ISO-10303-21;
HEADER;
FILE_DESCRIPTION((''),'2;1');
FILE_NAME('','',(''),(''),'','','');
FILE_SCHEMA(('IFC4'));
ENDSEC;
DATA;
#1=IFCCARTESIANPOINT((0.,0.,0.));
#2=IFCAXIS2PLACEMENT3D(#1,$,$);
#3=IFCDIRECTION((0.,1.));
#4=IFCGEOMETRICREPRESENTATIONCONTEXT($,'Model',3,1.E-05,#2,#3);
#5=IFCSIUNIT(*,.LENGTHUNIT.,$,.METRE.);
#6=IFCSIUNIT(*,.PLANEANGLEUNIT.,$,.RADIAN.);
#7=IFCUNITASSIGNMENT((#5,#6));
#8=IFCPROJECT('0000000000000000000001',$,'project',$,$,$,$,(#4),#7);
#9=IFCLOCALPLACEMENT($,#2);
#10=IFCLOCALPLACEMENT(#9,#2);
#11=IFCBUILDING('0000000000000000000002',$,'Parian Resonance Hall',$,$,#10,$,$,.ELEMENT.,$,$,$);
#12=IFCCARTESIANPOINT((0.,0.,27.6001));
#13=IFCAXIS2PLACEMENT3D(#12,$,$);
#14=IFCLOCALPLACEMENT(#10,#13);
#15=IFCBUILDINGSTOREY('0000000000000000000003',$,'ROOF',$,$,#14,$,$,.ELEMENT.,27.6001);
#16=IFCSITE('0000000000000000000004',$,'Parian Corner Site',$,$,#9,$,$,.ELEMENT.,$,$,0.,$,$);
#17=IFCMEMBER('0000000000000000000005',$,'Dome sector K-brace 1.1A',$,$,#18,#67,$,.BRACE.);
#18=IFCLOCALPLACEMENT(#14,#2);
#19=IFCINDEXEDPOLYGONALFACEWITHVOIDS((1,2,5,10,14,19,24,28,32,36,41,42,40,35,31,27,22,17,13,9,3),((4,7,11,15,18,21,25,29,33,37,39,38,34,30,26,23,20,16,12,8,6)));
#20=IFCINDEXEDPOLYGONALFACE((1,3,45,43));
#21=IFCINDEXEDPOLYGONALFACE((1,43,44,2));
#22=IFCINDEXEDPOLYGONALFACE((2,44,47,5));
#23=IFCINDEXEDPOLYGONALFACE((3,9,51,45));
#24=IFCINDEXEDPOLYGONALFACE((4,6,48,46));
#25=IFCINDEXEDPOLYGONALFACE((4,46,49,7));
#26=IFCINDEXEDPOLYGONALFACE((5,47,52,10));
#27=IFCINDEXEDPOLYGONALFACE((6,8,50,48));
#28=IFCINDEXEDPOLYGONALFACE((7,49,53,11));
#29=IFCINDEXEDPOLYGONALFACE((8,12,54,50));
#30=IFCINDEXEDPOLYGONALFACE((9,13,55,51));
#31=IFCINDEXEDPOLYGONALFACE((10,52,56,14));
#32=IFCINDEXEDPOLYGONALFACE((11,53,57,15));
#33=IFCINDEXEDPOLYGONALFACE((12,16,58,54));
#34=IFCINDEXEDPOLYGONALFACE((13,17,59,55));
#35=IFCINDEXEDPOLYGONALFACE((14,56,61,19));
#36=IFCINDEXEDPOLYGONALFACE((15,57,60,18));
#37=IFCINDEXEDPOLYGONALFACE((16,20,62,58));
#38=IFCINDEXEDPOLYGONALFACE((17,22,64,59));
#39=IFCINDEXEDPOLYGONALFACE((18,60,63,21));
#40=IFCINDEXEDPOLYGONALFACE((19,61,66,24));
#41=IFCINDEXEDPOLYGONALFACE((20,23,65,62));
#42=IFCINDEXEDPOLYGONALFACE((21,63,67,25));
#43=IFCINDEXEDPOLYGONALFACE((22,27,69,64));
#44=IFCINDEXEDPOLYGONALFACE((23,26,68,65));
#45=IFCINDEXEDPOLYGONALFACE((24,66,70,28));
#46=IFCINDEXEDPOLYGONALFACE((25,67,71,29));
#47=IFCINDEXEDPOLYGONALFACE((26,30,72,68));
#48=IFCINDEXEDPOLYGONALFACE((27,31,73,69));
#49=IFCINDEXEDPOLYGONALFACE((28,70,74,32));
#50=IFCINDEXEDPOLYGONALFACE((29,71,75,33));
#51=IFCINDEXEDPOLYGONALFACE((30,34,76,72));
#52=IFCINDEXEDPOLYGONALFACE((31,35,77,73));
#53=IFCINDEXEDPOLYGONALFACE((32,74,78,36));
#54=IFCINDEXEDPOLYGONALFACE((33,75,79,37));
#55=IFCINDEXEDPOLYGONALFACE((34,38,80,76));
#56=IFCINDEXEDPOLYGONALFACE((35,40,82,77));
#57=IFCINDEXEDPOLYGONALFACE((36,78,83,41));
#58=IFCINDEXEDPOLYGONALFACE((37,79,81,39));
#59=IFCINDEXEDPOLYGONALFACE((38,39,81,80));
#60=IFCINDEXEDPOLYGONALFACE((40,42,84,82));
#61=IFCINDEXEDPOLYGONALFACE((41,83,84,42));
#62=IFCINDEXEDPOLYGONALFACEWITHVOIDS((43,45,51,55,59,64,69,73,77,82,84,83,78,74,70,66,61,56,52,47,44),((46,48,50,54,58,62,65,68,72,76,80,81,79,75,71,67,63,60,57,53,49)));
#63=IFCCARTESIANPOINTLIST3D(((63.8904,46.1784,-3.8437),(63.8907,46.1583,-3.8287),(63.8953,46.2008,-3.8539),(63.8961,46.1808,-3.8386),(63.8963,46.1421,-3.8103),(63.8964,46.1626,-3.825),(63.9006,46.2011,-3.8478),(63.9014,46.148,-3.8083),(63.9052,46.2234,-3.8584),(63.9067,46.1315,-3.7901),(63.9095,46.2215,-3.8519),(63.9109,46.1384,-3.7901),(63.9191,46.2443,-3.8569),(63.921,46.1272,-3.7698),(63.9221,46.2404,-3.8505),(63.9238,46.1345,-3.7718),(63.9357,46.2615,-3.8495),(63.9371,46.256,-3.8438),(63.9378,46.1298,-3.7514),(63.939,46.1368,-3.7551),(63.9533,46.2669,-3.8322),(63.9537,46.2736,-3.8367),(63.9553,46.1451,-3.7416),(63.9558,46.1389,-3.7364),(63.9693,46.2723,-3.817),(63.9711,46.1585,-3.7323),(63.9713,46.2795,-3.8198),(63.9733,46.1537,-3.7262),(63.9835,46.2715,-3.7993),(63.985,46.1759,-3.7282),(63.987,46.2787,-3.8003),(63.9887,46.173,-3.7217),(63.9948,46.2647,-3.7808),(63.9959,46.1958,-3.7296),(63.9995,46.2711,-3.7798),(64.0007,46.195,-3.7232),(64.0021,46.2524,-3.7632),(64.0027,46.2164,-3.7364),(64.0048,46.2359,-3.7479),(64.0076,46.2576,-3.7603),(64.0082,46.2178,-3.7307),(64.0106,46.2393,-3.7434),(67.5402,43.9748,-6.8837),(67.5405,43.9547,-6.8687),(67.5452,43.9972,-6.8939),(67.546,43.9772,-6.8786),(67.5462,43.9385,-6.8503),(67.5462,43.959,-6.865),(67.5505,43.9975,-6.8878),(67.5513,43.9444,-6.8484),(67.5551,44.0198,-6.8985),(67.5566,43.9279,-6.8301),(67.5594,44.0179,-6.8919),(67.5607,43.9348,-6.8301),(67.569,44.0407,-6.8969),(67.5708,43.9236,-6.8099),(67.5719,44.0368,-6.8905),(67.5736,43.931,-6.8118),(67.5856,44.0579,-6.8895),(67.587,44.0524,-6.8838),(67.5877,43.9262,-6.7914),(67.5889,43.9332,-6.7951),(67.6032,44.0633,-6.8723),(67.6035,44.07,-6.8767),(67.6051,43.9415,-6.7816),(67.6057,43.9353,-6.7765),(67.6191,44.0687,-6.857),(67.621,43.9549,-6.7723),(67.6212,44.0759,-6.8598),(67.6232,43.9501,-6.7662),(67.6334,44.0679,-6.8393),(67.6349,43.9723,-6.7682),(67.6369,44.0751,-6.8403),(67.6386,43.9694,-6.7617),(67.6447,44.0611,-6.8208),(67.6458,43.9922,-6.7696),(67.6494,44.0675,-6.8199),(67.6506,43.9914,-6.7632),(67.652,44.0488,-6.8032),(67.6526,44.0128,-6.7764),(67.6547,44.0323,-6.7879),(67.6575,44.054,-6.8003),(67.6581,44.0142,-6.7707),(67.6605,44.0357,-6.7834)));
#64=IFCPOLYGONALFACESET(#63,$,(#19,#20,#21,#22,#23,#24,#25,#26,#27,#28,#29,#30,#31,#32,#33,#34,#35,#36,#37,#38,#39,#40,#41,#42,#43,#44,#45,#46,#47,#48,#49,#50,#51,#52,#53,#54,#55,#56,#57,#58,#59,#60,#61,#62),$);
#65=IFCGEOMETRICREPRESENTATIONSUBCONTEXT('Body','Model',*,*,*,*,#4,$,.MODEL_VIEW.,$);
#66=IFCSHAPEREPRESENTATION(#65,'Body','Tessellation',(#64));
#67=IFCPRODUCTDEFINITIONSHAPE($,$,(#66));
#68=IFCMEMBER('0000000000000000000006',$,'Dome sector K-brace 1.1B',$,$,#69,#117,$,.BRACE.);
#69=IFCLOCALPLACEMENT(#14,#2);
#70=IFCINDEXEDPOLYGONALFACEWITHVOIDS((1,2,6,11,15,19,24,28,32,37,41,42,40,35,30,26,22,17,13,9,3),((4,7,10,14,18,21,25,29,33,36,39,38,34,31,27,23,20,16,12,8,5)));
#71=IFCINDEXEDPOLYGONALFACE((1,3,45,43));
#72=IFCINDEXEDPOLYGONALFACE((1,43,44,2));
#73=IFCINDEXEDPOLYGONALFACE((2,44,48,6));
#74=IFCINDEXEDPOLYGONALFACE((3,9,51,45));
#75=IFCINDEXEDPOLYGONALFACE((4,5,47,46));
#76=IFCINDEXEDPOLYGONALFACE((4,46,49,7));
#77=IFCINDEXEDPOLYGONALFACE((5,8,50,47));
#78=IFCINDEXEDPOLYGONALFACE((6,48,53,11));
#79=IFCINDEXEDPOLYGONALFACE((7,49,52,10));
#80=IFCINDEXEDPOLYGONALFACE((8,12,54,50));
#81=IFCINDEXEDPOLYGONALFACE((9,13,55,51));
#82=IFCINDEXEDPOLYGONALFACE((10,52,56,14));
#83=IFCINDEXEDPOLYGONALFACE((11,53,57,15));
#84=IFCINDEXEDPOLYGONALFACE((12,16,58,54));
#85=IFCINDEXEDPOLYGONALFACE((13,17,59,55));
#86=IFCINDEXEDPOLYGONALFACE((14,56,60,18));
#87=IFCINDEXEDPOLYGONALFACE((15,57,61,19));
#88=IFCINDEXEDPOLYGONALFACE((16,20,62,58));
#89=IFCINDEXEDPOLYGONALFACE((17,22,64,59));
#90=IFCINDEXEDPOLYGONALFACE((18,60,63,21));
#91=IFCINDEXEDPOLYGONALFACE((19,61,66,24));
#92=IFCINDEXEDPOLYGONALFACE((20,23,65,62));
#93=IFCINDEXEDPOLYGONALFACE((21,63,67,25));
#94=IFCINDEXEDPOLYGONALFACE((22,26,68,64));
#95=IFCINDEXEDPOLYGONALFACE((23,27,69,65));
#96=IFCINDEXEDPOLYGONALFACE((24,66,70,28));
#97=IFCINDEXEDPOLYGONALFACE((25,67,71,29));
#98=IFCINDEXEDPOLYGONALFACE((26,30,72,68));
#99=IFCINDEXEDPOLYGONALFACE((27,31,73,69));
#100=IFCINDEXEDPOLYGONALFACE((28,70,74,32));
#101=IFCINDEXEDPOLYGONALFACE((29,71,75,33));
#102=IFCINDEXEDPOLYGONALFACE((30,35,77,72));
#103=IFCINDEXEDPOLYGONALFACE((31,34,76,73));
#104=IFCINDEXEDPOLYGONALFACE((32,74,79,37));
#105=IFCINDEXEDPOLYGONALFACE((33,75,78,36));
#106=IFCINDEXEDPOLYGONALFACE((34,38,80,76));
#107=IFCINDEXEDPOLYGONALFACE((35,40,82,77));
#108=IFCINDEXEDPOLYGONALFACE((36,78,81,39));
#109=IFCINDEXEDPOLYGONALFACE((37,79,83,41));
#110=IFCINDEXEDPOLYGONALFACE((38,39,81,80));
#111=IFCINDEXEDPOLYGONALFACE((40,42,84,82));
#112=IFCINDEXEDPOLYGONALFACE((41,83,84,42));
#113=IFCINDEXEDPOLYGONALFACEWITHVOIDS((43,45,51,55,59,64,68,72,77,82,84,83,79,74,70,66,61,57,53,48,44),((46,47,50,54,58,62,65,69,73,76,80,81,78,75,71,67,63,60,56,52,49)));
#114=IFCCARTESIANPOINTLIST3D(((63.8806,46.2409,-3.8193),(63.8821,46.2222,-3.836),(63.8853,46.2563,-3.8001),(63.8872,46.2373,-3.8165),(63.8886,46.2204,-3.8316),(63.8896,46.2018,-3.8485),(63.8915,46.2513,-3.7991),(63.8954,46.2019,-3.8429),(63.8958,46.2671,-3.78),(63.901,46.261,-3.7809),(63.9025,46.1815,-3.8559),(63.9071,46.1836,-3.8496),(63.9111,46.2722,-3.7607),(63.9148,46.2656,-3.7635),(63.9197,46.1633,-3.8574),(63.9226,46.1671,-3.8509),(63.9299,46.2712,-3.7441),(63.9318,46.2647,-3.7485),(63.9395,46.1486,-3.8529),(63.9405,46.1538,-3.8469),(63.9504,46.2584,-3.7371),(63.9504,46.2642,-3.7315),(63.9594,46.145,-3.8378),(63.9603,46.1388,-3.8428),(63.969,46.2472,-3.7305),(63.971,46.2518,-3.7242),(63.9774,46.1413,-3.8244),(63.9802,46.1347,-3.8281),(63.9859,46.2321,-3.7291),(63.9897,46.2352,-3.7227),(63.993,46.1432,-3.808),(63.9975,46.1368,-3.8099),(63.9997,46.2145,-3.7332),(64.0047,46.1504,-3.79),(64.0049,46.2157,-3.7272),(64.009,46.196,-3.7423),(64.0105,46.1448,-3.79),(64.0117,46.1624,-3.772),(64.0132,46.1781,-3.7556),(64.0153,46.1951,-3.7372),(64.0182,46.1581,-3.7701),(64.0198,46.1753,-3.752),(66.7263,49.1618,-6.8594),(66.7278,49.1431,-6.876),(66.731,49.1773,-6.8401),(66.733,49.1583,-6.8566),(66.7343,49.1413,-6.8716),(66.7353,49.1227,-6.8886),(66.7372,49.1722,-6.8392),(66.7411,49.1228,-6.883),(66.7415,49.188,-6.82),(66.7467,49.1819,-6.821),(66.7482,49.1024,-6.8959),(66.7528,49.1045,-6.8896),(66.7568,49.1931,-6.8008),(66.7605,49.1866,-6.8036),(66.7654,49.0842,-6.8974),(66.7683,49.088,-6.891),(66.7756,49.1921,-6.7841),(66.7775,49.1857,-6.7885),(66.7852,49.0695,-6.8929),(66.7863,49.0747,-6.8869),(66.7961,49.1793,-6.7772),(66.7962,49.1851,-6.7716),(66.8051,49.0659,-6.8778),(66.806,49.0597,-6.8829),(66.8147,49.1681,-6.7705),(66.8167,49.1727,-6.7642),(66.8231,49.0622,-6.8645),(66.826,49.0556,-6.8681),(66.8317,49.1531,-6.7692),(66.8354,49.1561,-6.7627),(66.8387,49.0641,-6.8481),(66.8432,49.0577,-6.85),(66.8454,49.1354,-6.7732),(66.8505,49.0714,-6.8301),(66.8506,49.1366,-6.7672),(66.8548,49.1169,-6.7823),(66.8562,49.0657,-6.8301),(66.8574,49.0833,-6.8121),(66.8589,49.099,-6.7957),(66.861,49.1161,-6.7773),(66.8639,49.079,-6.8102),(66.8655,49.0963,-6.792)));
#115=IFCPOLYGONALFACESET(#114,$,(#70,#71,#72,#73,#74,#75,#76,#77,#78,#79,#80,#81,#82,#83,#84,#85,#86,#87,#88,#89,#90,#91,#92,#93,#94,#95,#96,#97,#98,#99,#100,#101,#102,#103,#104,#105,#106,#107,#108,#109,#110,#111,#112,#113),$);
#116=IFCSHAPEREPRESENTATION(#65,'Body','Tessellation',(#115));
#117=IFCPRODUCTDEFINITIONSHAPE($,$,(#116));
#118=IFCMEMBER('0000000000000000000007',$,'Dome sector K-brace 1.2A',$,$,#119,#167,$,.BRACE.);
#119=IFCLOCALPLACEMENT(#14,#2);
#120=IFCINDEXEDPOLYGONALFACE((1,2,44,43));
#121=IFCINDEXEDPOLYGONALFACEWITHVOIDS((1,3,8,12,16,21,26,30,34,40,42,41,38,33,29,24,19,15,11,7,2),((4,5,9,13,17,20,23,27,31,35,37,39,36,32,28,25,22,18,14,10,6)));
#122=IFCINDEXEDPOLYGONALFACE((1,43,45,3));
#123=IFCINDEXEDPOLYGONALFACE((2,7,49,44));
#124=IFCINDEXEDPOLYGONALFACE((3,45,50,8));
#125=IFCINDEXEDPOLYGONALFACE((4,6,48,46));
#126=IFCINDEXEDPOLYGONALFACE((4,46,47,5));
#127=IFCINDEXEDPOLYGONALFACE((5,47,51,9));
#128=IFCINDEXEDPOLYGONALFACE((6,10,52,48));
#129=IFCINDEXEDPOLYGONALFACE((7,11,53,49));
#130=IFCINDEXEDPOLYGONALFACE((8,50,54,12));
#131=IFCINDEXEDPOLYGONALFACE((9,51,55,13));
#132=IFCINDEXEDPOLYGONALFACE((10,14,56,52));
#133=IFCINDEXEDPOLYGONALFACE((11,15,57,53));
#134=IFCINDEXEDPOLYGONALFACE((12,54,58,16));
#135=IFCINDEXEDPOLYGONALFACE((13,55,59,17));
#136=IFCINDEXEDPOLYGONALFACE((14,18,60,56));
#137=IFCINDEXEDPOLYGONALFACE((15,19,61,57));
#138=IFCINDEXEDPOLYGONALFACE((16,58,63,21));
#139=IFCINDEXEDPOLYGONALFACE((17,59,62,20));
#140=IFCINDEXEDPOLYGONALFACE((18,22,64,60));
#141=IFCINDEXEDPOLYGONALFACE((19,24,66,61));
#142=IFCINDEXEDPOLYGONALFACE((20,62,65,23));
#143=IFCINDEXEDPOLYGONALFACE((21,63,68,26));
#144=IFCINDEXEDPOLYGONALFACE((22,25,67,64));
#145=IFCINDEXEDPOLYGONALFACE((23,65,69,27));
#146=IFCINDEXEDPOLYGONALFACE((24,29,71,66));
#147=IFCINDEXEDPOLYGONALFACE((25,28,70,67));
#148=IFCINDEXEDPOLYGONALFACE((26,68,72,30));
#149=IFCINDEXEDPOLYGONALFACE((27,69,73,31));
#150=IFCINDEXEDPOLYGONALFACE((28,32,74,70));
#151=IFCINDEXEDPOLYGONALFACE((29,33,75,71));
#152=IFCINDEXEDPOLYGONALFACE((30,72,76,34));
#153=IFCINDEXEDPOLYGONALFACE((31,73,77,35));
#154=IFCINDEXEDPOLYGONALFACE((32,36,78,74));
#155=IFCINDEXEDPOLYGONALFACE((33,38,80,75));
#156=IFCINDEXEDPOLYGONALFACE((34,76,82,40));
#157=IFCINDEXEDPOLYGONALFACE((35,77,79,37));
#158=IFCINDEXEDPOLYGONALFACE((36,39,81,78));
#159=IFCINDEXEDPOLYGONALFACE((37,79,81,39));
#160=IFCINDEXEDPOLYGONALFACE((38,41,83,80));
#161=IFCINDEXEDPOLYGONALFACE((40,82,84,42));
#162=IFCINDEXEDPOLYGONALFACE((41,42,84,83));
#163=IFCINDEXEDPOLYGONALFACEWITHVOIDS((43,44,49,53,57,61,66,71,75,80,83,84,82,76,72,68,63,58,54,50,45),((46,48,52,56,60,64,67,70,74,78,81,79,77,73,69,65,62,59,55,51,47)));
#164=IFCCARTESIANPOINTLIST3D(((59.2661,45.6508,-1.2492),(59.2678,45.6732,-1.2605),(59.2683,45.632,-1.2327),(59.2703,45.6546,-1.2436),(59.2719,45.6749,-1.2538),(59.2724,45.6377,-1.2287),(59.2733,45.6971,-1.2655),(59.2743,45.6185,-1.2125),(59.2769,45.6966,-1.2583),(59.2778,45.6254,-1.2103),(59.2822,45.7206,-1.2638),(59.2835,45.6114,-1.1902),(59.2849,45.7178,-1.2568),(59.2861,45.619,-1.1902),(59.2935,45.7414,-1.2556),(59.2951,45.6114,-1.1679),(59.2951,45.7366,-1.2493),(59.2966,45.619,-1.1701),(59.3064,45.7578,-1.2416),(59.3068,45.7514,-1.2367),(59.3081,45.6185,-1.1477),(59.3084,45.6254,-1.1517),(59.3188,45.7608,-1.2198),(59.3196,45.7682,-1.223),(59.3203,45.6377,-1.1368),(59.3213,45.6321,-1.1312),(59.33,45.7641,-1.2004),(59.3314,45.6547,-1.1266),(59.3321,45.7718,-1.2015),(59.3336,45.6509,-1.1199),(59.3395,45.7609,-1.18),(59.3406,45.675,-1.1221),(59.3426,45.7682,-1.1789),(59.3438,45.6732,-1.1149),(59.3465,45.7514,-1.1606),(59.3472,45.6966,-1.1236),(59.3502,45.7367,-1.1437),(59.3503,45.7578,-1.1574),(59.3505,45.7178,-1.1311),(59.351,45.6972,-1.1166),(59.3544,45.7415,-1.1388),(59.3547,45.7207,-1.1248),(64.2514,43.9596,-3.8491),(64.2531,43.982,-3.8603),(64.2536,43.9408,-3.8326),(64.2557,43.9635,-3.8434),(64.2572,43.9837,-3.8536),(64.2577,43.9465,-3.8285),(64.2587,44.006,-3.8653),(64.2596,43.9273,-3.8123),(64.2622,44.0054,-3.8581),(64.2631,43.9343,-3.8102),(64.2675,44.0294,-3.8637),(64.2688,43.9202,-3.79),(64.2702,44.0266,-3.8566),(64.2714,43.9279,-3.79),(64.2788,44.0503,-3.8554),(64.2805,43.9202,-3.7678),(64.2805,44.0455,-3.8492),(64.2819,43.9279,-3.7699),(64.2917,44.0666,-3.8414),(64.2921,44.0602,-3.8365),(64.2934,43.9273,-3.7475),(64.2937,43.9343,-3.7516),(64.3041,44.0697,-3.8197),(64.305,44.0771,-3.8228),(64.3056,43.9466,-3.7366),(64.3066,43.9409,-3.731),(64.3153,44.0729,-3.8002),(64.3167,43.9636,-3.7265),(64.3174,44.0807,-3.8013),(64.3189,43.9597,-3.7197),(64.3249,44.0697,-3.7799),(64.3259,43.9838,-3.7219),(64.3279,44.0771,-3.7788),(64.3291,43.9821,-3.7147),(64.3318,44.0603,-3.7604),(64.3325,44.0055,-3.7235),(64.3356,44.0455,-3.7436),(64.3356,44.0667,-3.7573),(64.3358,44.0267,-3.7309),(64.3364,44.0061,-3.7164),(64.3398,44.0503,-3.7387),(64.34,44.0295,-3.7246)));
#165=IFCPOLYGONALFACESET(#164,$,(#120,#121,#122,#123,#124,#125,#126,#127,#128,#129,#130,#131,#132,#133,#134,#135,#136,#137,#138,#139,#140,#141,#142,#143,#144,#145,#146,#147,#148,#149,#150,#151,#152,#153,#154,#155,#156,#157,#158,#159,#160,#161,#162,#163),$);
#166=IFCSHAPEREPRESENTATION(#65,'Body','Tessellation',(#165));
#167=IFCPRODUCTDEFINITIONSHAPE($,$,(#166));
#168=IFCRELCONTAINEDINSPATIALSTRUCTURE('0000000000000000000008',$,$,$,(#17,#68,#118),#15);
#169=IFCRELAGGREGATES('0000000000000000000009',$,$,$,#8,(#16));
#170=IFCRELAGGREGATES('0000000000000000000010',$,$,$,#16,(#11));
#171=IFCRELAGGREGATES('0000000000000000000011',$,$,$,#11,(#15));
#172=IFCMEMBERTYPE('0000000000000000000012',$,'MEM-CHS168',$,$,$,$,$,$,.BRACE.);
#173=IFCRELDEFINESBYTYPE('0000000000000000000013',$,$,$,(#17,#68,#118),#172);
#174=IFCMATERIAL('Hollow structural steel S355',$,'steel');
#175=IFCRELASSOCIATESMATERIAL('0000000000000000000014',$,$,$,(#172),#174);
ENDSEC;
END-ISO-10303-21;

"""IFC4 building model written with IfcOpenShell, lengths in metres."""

from ifc_helpers import new_model, si_unit, direction, frame, origin, origin_2d, place, context, subcontext, project, spatial, hollow_circle, extrude, material, material_profile, profile_set, type_object, element, save


model = new_model("IFC4")

# Units and contexts
model_context = context("Model", 3, precision=1e-05, world=origin(), true_north=direction((0.0, 1.0)))
body_context = subcontext(model_context, "Body", "Model", "MODEL_VIEW")
ifc_project = project(units=[si_unit("LENGTHUNIT", "METRE"), si_unit("PLANEANGLEUNIT", "RADIAN")], contexts=[model_context])

# Site, building, storey
site_placement = place(None, origin())
site = spatial("IfcSite", under=ifc_project, at=site_placement, Name="Parian Corner Site", CompositionType="ELEMENT", RefElevation=0.0)
building_placement = place(site_placement, origin())
building = spatial("IfcBuilding", under=site, at=building_placement, Name="Parian Resonance Hall", CompositionType="ELEMENT")
storey_placement = place(building_placement, frame((0.0, 0.0, 27.6001)))
storey = spatial("IfcBuildingStorey", under=building, at=storey_placement, Name="ROOF", CompositionType="ELEMENT", Elevation=27.6001)

# Members
ifc_material_1 = material(Name="Hollow structural steel S355", Category="steel")
ifc_material_profile_1 = material_profile(ifc_material_1, hollow_circle(Radius=0.0842, WallThickness=0.0081, at=origin_2d()), Name="CHS168.3x8")
ifc_profile_set_1 = profile_set([ifc_material_profile_1], Name="Hollow structural steel S355")
member_type_1 = type_object("IfcMemberType", Name="MEM-CHS168", PredefinedType="BRACE", material=ifc_profile_set_1)
member_1_placement = place(storey_placement, frame((67.6001, 44.0, -6.8301), z_axis=(-0.69703, 0.420829, 0.580563), x_axis=(-0.516852, -0.856075, 0.0)))
element("IfcMember", 1, at=member_1_placement, inside=storey, type_object=member_type_1, Name="Dome sector K-brace 1.1A", PredefinedType="BRACE", context=body_context, shape_type="SweptSolid", body=[
    extrude(hollow_circle(Radius=0.0842, WallThickness=0.0081, at=origin_2d()), origin(), (0.0, 0.0, 1.0), 5.2363),
])
member_2_placement = place(storey_placement, frame((66.7959, 49.1245, -6.8301), z_axis=(-0.559472, -0.574256, 0.597679), x_axis=(0.716266, -0.697827, 0.0)))
element("IfcMember", 2, at=member_2_placement, inside=storey, type_object=member_type_1, Name="Dome sector K-brace 1.1B", PredefinedType="BRACE", context=body_context, shape_type="SweptSolid", body=[
    extrude(hollow_circle(Radius=0.0842, WallThickness=0.0081, at=origin_2d()), origin(), (0.0, 0.0, 1.0), 5.0864),
])
member_3_placement = place(storey_placement, frame((64.2959, 44.0, -3.79), z_axis=(-0.849095, 0.288035, 0.442802), x_axis=(-0.321246, -0.946996, 0.0)))
element("IfcMember", 3, at=member_3_placement, inside=storey, type_object=member_type_1, Name="Dome sector K-brace 1.2A", PredefinedType="BRACE", context=body_context, shape_type="SweptSolid", body=[
    extrude(hollow_circle(Radius=0.0842, WallThickness=0.0081, at=origin_2d()), origin(), (0.0, 0.0, 1.0), 5.8713),
])

save(model, "model.ifc")
